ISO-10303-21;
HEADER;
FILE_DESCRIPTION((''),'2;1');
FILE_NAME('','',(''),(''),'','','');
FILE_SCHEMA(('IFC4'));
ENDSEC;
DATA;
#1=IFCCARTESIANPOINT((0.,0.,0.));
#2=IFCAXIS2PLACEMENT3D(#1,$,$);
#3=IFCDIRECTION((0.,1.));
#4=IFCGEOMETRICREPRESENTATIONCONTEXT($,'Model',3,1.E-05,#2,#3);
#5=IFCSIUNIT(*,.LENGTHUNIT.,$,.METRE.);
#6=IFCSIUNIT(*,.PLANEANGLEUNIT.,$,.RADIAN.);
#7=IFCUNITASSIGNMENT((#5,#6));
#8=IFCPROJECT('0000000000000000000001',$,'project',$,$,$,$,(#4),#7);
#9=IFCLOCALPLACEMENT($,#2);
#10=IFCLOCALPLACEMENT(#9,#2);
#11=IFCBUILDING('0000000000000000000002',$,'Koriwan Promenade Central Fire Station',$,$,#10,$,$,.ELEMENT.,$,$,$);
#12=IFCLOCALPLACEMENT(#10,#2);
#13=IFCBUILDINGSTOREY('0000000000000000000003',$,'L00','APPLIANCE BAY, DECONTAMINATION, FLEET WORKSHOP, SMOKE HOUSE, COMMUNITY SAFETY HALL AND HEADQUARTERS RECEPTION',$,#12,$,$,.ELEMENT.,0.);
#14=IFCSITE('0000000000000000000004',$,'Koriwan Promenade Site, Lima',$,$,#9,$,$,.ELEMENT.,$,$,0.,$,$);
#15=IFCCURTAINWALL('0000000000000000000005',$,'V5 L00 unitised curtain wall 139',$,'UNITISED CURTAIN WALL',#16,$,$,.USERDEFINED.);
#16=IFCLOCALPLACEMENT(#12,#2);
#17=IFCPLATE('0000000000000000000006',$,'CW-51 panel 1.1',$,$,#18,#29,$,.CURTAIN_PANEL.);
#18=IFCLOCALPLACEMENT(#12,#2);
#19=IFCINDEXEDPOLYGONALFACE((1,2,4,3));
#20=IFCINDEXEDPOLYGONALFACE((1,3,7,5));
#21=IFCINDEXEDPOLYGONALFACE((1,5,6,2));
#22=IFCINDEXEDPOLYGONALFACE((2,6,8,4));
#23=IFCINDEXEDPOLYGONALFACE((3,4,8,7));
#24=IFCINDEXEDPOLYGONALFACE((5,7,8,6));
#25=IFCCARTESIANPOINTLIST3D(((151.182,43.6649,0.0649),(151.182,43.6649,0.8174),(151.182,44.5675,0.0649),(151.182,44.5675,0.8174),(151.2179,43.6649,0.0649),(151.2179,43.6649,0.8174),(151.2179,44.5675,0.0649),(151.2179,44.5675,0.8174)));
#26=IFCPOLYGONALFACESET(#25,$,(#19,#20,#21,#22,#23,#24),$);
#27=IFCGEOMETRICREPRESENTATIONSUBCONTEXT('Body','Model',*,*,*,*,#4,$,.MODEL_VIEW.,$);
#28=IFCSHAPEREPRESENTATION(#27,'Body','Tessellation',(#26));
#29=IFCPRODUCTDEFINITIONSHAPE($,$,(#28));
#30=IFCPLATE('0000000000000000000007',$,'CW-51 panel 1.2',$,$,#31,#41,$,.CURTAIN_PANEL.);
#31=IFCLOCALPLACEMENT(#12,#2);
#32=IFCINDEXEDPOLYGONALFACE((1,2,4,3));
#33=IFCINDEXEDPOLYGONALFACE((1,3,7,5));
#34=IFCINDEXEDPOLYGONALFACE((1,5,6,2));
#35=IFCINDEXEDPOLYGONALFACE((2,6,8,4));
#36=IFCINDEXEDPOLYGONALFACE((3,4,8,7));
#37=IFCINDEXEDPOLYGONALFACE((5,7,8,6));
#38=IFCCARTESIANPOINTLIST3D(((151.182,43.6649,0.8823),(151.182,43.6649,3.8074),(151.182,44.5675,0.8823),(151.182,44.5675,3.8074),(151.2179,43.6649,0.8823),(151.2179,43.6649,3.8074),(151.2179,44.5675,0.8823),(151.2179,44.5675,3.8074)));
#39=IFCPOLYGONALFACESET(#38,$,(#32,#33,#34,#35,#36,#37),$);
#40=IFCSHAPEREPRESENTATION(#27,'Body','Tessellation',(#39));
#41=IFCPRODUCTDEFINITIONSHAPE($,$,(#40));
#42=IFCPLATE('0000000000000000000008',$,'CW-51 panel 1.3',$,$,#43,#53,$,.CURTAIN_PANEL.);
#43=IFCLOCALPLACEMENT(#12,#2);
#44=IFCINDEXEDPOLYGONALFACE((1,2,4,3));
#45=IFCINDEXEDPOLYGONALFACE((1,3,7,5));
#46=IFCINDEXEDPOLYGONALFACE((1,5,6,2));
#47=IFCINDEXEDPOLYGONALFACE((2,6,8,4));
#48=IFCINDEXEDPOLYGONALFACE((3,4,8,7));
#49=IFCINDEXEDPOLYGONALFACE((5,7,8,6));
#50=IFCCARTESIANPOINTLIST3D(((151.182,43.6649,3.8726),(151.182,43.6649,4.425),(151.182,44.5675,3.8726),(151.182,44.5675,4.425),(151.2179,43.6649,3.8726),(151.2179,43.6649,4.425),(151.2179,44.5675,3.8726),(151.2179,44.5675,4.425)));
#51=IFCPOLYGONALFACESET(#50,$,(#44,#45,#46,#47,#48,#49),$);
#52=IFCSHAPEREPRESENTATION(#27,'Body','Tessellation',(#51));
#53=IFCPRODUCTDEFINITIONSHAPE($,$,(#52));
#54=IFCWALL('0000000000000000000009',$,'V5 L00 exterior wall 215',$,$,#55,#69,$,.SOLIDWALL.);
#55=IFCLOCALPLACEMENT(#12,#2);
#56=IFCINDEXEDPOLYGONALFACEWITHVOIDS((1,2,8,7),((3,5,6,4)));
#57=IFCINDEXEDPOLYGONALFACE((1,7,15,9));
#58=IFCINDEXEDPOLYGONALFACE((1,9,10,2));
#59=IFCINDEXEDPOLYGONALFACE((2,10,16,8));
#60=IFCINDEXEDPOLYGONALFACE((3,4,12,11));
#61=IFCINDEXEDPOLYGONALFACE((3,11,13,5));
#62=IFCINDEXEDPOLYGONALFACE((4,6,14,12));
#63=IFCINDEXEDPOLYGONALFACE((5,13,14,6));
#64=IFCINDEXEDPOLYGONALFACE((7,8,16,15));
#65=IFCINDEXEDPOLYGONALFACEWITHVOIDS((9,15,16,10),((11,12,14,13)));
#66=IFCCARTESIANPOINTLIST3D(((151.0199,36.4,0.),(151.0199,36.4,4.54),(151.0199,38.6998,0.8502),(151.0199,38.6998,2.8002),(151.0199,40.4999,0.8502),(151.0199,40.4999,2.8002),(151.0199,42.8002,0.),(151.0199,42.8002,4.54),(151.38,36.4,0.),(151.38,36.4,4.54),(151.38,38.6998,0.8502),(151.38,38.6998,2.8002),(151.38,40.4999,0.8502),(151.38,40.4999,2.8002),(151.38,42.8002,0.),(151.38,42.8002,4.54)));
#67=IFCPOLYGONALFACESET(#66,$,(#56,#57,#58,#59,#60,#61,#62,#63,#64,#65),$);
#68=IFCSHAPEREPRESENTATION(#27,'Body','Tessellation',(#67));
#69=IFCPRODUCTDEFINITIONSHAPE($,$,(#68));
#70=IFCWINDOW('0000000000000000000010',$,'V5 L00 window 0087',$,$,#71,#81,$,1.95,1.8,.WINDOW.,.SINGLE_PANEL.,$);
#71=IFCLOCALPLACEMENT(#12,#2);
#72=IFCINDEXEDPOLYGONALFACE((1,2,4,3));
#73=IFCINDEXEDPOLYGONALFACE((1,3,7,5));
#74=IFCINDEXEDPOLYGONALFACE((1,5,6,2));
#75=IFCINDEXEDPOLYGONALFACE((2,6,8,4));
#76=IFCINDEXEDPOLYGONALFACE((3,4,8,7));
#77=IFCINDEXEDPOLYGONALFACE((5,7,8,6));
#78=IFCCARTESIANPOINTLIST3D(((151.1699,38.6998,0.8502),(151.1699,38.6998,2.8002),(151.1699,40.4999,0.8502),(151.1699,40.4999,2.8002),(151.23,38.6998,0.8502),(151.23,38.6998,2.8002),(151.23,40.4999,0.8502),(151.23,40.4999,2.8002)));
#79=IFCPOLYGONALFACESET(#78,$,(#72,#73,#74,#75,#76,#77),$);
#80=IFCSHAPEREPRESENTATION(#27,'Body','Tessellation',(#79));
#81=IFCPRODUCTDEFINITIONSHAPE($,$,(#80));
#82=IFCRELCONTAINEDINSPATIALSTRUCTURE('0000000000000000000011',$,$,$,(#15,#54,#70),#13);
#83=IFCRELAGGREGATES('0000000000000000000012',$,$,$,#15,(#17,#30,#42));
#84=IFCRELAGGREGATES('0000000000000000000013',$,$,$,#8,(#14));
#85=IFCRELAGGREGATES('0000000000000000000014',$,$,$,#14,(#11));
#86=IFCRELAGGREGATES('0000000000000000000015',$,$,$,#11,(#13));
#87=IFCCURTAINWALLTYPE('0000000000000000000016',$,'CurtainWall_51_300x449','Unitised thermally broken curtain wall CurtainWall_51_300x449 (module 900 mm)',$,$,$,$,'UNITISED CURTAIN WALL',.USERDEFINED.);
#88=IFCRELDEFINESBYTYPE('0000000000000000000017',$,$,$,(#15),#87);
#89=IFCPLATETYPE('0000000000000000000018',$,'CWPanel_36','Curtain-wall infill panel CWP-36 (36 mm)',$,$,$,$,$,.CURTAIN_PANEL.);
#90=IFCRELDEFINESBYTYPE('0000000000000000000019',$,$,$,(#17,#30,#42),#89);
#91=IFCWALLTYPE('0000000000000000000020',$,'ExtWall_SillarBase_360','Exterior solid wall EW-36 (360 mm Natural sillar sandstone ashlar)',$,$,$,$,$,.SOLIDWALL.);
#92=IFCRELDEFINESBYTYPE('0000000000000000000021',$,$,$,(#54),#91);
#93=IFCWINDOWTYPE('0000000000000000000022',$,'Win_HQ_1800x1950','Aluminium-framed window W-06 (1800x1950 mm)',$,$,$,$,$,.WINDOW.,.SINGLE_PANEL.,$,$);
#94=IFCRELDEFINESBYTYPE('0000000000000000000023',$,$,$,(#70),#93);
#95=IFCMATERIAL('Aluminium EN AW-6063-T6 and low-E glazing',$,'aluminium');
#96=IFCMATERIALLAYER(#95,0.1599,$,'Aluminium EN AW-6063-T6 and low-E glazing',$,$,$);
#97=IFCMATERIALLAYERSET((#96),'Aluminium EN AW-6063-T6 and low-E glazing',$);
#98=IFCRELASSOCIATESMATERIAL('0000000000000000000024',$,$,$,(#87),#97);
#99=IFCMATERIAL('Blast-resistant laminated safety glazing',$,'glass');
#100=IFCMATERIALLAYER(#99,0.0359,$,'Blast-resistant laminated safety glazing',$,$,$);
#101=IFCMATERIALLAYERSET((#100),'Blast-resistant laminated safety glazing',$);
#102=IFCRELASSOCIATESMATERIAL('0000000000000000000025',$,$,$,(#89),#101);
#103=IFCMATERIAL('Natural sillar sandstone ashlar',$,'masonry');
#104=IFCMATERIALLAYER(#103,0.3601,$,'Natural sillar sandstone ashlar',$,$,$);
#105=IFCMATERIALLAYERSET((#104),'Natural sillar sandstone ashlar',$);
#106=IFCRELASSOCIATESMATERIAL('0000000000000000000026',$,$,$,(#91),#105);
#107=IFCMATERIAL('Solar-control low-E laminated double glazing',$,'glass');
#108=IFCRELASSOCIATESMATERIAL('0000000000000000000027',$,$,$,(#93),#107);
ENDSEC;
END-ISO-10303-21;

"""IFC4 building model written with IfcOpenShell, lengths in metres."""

from ifc_helpers import new_model, si_unit, direction, frame, frame_2d, origin, origin_2d, place, context, subcontext, project, spatial, rectangle, extrude, material, layer, layer_set, type_object, element, fill, aggregate, save


model = new_model("IFC4")

# Units and contexts
model_context = context("Model", 3, precision=1e-05, world=origin(), true_north=direction((0.0, 1.0)))
body_context = subcontext(model_context, "Body", "Model", "MODEL_VIEW")
ifc_project = project(units=[si_unit("LENGTHUNIT", "METRE"), si_unit("PLANEANGLEUNIT", "RADIAN")], contexts=[model_context])

# Site, building, storey
site_placement = place(None, origin())
site = spatial("IfcSite", under=ifc_project, at=site_placement, Name="Koriwan Promenade Site, Lima", CompositionType="ELEMENT", RefElevation=0.0)
building_placement = place(site_placement, origin())
building = spatial("IfcBuilding", under=site, at=building_placement, Name="Koriwan Promenade Central Fire Station", CompositionType="ELEMENT")
storey_placement = place(building_placement, origin())
storey = spatial("IfcBuildingStorey", under=building, at=storey_placement, Name="L00", Description="APPLIANCE BAY, DECONTAMINATION, FLEET WORKSHOP, SMOKE HOUSE, COMMUNITY SAFETY HALL AND HEADQUARTERS RECEPTION", CompositionType="ELEMENT", Elevation=0.0)

# Curtain wall
ifc_material_1 = material(Name="Aluminium EN AW-6063-T6 and low-E glazing", Category="aluminium")
ifc_layer_1 = layer(ifc_material_1, 0.1599, Name="Aluminium EN AW-6063-T6 and low-E glazing")
ifc_layer_set_1 = layer_set([ifc_layer_1], Name="Aluminium EN AW-6063-T6 and low-E glazing")
curtain_wall_type = type_object("IfcCurtainWallType", Name="CurtainWall_51_300x449", Description="Unitised thermally broken curtain wall CurtainWall_51_300x449 (module 900 mm)", ElementType="UNITISED CURTAIN WALL", PredefinedType="USERDEFINED", material=ifc_layer_set_1)
curtain_wall_placement = place(storey_placement, origin())
curtain_wall = element("IfcCurtainWall", 1, at=curtain_wall_placement, inside=storey, type_object=curtain_wall_type, Name="V5 L00 unitised curtain wall 139", ObjectType="UNITISED CURTAIN WALL", PredefinedType="USERDEFINED")

# Plates
ifc_material_2 = material(Name="Blast-resistant laminated safety glazing", Category="glass")
ifc_layer_2 = layer(ifc_material_2, 0.0359, Name="Blast-resistant laminated safety glazing")
ifc_layer_set_2 = layer_set([ifc_layer_2], Name="Blast-resistant laminated safety glazing")
plate_type = type_object("IfcPlateType", Name="CWPanel_36", Description="Curtain-wall infill panel CWP-36 (36 mm)", PredefinedType="CURTAIN_PANEL", material=ifc_layer_set_2)
plate_1_placement = place(storey_placement, frame((151.2, 44.1162, 0.0649), z_axis=(0.0, 0.0, 1.0), x_axis=(0.0, 1.0, 0.0)))
plate_1 = element("IfcPlate", 2, at=plate_1_placement, type_object=plate_type, Name="CW-51 panel 1.1", PredefinedType="CURTAIN_PANEL", context=body_context, shape_type="SweptSolid", body=[
    extrude(rectangle(XDim=0.9026, YDim=0.0359, at=origin_2d()), origin(), (0.0, 0.0, 1.0), 0.7524),
])
plate_2_placement = place(storey_placement, frame((151.2, 44.1162, 0.8823), z_axis=(0.0, 0.0, 1.0), x_axis=(0.0, 1.0, 0.0)))
plate_2 = element("IfcPlate", 3, at=plate_2_placement, type_object=plate_type, Name="CW-51 panel 1.2", PredefinedType="CURTAIN_PANEL", context=body_context, shape_type="SweptSolid", body=[
    extrude(rectangle(XDim=0.9026, YDim=0.0359, at=origin_2d()), origin(), (0.0, 0.0, 1.0), 2.925),
])
plate_3_placement = place(storey_placement, frame((151.2, 44.1162, 3.8726), z_axis=(0.0, 0.0, 1.0), x_axis=(0.0, 1.0, 0.0)))
plate_3 = element("IfcPlate", 4, at=plate_3_placement, type_object=plate_type, Name="CW-51 panel 1.3", PredefinedType="CURTAIN_PANEL", context=body_context, shape_type="SweptSolid", body=[
    extrude(rectangle(XDim=0.9026, YDim=0.0359, at=origin_2d()), origin(), (0.0, 0.0, 1.0), 0.5525),
])
aggregate(curtain_wall, [plate_1, plate_2, plate_3])

# Wall, opening, window
ifc_material_3 = material(Name="Natural sillar sandstone ashlar", Category="masonry")
ifc_layer_3 = layer(ifc_material_3, 0.3601, Name="Natural sillar sandstone ashlar")
ifc_layer_set_3 = layer_set([ifc_layer_3], Name="Natural sillar sandstone ashlar")
wall_type = type_object("IfcWallType", Name="ExtWall_SillarBase_360", Description="Exterior solid wall EW-36 (360 mm Natural sillar sandstone ashlar)", PredefinedType="SOLIDWALL", material=ifc_layer_set_3)
wall_placement = place(storey_placement, frame((151.2, 36.3999, 0.0), z_axis=(0.0, 0.0, 1.0), x_axis=(0.0, 1.0, 0.0)))
wall = element("IfcWall", 5, at=wall_placement, inside=storey, type_object=wall_type, Name="V5 L00 exterior wall 215", PredefinedType="SOLIDWALL", context=body_context, shape_type="SweptSolid", body=[
    extrude(rectangle(XDim=6.4001, YDim=0.3601, at=frame_2d((3.2002, 0.0))), origin(), (0.0, 0.0, 1.0), 4.54),
])
opening_placement = place(wall_placement, frame((2.3, 0.0, 0.8501)))
opening = element("IfcOpeningElement", 6, at=opening_placement, cuts=wall, PredefinedType="OPENING", context=body_context, shape_type="SweptSolid", body=[
    extrude(rectangle(XDim=1.8, YDim=1.95, at=frame_2d((0.8999, 0.9751))), frame((0.0, 0.1919, 0.0), z_axis=(0.0, -1.0, 0.0), x_axis=(1.0, 0.0, 0.0)), (0.0, 0.0, 1.0), 0.384),
])
ifc_material_4 = material(Name="Solar-control low-E laminated double glazing", Category="glass")
window_type = type_object("IfcWindowType", Name="Win_HQ_1800x1950", Description="Aluminium-framed window W-06 (1800x1950 mm)", PartitioningType="SINGLE_PANEL", PredefinedType="WINDOW", material=ifc_material_4)
window_placement = place(opening_placement, origin())
window = element("IfcWindow", 7, at=window_placement, inside=storey, type_object=window_type, Name="V5 L00 window 0087", OverallHeight=1.95, OverallWidth=1.8, PartitioningType="SINGLE_PANEL", PredefinedType="WINDOW", context=body_context, shape_type="SweptSolid", body=[
    extrude(rectangle(XDim=1.8, YDim=1.95, at=frame_2d((0.8999, 0.9751))), frame((0.0, 0.03, 0.0), z_axis=(0.0, -1.0, 0.0), x_axis=(1.0, 0.0, 0.0)), (0.0, 0.0, 1.0), 0.0601),
])
fill(opening, window)

save(model, "model.ifc")
